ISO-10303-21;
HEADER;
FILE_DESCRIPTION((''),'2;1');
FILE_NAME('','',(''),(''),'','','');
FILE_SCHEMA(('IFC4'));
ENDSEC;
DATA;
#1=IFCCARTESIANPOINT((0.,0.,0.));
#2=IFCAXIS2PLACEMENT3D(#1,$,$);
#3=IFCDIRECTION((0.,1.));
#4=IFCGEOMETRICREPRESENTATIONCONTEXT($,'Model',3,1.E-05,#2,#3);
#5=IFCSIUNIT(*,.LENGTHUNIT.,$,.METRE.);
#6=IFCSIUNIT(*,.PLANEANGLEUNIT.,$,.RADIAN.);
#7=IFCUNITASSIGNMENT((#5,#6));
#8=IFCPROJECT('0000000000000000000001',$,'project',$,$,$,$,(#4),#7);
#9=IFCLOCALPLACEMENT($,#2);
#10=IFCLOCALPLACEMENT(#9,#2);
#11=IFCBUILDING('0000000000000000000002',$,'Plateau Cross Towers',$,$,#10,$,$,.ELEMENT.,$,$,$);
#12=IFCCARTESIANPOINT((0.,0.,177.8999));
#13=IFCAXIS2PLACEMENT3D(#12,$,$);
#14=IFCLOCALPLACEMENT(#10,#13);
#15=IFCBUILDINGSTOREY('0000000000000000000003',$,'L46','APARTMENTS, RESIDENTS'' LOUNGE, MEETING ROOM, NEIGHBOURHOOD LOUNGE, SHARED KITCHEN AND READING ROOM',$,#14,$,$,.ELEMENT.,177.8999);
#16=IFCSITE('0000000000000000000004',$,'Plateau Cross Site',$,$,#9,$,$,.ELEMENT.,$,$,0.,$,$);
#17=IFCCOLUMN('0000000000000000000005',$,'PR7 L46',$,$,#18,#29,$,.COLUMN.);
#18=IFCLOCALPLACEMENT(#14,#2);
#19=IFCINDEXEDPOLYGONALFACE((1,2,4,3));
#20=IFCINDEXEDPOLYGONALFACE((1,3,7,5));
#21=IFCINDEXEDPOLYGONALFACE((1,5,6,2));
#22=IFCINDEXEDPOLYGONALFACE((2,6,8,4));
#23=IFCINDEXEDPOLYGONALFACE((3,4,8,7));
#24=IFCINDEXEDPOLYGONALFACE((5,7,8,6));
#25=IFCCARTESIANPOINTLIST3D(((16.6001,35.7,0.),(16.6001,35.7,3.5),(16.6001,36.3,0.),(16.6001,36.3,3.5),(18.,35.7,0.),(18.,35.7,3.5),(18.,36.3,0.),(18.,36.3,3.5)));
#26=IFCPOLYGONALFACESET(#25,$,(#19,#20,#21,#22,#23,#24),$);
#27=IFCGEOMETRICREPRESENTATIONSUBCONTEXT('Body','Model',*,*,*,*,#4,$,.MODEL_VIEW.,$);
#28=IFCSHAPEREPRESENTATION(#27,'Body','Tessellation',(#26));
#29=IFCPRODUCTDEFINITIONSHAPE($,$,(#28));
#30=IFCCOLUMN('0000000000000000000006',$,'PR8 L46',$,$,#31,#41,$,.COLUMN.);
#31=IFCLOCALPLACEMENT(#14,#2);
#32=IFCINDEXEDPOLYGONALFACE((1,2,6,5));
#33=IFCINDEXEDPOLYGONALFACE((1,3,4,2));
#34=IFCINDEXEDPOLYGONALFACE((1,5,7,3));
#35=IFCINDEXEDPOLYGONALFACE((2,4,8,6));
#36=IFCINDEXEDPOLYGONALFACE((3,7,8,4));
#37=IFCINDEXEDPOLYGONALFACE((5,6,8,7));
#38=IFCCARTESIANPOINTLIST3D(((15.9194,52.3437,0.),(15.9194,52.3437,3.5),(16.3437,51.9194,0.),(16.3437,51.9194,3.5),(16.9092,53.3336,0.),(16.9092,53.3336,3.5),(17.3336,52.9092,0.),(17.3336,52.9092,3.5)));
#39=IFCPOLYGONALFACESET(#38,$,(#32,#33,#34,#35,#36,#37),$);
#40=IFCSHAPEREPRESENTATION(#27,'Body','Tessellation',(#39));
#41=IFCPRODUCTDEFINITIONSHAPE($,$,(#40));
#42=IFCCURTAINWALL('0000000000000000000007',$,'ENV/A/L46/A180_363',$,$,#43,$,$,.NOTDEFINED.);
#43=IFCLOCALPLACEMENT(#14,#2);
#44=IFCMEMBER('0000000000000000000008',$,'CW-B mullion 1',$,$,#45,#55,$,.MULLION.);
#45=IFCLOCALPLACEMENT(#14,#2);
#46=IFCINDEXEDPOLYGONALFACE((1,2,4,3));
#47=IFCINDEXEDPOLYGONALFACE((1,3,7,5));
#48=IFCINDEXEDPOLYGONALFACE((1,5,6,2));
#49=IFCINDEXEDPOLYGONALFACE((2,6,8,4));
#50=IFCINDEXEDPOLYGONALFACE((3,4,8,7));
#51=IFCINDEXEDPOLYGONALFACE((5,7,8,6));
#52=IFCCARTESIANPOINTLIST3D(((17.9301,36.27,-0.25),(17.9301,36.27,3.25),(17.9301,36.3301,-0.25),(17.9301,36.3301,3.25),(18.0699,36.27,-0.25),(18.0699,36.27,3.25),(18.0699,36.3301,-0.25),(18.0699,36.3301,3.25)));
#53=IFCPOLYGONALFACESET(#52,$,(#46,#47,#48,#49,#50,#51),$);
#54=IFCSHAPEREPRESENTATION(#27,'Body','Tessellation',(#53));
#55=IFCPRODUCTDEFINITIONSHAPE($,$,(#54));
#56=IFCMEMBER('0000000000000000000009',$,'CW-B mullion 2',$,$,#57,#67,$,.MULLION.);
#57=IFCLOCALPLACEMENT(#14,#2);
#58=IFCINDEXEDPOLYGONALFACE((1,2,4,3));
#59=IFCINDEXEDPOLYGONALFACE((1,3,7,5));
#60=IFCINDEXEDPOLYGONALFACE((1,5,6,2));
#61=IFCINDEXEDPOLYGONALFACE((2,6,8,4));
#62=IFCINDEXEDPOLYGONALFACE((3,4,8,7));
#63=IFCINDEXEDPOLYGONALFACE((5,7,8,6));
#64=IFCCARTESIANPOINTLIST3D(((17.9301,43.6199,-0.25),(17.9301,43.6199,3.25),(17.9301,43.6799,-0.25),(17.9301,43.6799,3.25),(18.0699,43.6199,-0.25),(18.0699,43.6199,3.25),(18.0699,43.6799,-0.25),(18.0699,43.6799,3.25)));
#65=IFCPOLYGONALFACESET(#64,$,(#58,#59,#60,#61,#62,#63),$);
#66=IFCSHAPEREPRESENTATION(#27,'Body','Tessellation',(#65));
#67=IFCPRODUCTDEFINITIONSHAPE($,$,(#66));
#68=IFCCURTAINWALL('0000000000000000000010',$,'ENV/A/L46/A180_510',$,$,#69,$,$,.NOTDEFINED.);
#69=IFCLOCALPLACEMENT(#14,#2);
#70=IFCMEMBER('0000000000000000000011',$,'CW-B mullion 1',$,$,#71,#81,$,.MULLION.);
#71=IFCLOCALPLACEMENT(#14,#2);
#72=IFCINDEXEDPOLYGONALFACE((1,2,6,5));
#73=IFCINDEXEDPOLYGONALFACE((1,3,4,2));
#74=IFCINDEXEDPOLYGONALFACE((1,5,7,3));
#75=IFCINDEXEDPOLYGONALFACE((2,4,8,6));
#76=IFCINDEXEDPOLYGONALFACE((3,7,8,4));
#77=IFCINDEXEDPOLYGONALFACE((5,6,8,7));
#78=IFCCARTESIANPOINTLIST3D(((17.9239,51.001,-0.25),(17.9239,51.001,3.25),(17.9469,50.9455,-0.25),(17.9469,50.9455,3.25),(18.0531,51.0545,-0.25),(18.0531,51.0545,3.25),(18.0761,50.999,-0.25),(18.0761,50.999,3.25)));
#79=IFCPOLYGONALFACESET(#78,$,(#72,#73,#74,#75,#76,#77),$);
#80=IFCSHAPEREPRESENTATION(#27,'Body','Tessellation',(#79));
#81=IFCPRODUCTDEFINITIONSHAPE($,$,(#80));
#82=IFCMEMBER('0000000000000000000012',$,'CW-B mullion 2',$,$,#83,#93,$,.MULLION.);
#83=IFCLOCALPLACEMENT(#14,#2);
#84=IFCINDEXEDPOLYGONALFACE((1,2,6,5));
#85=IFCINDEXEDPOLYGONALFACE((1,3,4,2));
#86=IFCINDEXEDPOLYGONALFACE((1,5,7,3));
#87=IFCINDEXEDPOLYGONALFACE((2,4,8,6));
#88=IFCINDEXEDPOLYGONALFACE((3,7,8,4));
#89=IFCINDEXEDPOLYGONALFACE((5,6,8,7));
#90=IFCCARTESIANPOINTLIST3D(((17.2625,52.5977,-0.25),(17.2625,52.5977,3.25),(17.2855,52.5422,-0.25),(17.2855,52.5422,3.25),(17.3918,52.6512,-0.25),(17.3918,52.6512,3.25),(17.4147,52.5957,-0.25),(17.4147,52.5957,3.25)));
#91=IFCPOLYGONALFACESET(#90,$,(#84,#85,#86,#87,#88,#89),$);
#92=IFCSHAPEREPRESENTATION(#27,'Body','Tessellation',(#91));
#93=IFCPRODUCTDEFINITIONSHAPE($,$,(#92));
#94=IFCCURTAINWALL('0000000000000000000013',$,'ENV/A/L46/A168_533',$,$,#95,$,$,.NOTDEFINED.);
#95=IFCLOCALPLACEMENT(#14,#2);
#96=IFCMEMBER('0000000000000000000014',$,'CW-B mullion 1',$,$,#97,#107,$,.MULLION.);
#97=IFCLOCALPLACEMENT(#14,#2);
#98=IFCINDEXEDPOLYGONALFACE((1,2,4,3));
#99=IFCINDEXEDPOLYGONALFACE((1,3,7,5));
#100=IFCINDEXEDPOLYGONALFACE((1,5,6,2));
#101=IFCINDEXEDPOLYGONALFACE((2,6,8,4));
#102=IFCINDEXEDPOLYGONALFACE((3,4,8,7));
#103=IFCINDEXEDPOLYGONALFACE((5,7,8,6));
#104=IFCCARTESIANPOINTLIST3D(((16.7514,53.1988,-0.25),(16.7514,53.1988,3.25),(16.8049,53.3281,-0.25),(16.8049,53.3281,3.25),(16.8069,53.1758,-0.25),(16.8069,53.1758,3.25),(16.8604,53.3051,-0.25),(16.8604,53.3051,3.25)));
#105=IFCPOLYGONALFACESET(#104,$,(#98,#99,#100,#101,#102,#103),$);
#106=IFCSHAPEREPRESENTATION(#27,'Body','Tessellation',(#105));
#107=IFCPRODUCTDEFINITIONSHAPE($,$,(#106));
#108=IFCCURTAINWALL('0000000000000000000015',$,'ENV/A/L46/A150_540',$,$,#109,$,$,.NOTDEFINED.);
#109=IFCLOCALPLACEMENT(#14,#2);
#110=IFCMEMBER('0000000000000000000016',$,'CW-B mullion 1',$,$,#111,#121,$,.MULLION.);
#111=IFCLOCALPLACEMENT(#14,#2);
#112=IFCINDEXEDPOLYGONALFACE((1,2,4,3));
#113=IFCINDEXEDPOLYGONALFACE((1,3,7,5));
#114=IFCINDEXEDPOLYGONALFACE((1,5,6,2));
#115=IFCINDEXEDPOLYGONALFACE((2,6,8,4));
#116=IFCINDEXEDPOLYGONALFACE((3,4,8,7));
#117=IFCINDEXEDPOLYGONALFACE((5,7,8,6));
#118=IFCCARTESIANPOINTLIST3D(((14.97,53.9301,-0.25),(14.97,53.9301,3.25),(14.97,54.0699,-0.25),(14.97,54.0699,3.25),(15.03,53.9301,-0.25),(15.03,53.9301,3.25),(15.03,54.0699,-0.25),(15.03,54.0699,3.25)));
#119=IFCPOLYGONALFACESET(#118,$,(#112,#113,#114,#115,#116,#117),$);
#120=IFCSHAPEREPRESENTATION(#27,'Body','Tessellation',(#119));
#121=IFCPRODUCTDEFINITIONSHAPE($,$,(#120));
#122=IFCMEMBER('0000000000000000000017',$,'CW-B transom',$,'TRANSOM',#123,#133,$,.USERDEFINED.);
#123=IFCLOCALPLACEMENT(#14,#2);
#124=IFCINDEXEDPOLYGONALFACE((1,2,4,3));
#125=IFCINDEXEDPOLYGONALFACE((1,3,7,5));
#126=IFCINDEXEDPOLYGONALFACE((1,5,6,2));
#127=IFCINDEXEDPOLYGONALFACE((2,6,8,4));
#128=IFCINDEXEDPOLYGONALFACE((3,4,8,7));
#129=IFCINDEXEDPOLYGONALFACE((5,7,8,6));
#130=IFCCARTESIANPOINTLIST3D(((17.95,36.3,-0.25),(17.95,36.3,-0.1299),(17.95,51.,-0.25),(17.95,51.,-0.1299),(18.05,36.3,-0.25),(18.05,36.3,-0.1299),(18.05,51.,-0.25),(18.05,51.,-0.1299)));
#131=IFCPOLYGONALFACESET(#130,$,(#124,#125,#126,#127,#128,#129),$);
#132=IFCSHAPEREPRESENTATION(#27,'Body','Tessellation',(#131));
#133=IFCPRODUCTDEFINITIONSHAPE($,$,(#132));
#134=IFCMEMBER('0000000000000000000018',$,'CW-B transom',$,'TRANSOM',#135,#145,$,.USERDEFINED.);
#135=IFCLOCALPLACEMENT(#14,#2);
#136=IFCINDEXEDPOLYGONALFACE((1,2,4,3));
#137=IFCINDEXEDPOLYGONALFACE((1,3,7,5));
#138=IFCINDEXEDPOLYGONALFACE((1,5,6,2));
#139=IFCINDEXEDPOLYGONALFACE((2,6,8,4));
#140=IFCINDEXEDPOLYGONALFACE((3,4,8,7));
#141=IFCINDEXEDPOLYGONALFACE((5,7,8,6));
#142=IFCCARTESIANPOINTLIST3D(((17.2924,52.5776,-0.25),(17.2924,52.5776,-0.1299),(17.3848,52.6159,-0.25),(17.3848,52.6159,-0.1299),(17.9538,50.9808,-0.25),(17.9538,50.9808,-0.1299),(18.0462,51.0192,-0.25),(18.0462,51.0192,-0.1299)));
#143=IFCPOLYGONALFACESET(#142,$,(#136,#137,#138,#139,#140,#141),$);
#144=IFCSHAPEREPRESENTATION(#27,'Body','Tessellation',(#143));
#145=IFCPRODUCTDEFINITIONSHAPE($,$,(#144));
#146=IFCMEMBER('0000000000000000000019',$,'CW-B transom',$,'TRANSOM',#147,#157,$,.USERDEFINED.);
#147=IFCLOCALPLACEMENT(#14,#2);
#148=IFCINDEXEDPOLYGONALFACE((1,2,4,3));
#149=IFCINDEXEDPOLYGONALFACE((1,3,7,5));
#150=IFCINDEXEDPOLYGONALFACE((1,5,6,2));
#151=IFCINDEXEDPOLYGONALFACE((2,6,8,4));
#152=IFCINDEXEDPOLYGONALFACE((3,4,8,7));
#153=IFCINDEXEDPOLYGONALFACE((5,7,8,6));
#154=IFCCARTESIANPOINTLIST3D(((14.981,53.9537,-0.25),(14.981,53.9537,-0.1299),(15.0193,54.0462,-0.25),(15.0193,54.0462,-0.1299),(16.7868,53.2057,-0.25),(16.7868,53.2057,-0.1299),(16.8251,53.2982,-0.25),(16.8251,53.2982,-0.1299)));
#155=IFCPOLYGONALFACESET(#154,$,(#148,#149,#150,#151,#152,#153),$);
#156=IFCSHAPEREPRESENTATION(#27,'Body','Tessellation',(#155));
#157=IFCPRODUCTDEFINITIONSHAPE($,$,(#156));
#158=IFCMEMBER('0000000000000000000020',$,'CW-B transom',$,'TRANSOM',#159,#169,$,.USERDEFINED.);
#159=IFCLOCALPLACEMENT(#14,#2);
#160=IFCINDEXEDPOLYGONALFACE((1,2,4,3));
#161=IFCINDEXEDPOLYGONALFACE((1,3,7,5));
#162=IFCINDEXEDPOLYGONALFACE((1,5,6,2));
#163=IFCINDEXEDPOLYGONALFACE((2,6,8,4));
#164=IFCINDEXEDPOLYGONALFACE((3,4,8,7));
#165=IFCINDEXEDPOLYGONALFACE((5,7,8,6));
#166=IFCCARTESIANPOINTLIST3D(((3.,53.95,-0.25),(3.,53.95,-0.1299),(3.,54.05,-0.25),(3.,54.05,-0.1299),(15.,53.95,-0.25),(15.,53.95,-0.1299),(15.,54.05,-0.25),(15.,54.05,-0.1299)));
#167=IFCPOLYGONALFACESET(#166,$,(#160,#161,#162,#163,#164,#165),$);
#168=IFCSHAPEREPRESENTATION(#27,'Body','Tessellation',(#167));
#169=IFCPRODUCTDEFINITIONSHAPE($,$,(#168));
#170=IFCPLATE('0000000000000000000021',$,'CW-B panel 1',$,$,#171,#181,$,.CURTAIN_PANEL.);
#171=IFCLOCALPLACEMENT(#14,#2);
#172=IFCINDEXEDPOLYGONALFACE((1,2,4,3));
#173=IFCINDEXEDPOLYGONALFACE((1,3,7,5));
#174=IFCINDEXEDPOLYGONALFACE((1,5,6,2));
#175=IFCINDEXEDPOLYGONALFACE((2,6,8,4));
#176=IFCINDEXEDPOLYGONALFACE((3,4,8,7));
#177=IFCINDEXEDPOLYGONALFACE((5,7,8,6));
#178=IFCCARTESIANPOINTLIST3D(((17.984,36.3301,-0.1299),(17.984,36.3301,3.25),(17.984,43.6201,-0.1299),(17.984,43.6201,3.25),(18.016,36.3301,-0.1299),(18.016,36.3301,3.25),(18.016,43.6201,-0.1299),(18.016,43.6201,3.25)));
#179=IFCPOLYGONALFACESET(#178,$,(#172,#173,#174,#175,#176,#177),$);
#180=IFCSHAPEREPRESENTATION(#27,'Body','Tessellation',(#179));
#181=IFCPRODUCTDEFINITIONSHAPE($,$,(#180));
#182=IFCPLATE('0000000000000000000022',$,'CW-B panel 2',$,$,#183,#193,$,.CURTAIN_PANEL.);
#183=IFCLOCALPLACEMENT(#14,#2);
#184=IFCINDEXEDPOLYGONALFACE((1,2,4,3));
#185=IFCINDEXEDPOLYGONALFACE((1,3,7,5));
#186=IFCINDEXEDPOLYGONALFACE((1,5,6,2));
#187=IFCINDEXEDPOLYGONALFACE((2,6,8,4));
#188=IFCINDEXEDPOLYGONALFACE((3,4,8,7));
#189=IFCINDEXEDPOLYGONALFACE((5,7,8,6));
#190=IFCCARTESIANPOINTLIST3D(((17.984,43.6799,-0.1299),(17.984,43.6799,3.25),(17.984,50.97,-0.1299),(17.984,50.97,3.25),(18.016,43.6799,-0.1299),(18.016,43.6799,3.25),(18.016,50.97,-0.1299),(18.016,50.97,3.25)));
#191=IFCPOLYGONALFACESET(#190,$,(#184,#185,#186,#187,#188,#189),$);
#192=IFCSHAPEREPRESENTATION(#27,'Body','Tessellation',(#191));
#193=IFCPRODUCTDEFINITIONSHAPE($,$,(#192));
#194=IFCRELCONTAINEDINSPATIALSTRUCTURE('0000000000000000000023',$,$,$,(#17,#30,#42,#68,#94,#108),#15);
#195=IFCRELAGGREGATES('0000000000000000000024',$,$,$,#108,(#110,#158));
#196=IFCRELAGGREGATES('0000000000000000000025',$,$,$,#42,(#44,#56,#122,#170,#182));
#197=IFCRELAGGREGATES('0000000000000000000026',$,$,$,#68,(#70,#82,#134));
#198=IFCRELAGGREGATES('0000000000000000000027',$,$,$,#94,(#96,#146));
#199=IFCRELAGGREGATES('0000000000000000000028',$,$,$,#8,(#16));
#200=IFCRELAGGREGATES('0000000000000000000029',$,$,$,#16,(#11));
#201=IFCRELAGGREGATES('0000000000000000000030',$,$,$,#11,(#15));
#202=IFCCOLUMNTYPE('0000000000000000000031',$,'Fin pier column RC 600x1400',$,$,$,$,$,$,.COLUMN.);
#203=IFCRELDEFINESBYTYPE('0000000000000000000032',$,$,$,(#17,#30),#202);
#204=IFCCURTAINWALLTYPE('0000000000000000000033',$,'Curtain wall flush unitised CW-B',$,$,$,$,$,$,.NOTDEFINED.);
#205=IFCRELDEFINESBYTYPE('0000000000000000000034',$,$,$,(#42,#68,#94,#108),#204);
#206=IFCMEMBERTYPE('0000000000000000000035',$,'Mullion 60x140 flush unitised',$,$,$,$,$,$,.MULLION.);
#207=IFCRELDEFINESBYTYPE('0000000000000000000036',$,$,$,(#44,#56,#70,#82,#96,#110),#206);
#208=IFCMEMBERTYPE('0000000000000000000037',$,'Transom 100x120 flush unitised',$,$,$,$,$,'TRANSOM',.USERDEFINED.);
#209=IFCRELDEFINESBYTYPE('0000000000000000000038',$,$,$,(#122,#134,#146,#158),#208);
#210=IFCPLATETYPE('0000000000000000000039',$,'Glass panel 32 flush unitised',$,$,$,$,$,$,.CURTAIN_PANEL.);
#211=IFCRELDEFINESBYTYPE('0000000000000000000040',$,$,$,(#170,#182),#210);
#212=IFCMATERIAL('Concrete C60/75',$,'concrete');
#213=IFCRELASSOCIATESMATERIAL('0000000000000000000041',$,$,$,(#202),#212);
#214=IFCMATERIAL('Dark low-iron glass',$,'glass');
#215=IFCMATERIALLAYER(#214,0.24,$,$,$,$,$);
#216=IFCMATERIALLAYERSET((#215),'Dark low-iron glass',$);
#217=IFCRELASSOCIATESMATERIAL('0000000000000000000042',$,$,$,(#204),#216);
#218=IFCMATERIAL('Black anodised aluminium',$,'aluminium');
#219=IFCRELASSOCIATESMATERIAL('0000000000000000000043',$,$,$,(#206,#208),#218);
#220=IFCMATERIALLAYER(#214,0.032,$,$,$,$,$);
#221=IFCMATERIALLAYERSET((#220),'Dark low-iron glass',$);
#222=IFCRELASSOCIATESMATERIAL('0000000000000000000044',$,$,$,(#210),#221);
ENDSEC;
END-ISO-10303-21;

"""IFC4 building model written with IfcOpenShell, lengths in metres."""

from ifc_helpers import new_model, si_unit, direction, frame, origin, origin_2d, place, context, subcontext, project, spatial, rectangle, extrude, material, layer, layer_set, material_profile, profile_set, type_object, element, aggregate, save


model = new_model("IFC4")

# Units and contexts
model_context = context("Model", 3, precision=1e-05, world=origin(), true_north=direction((0.0, 1.0)))
body_context = subcontext(model_context, "Body", "Model", "MODEL_VIEW")
ifc_project = project(units=[si_unit("LENGTHUNIT", "METRE"), si_unit("PLANEANGLEUNIT", "RADIAN")], contexts=[model_context])

# Site, building, storey
site_placement = place(None, origin())
site = spatial("IfcSite", under=ifc_project, at=site_placement, Name="Plateau Cross Site", CompositionType="ELEMENT", RefElevation=0.0)
building_placement = place(site_placement, origin())
building = spatial("IfcBuilding", under=site, at=building_placement, Name="Plateau Cross Towers", CompositionType="ELEMENT")
storey_placement = place(building_placement, frame((0.0, 0.0, 177.8999)))
storey = spatial("IfcBuildingStorey", under=building, at=storey_placement, Name="L46", Description="APARTMENTS, RESIDENTS' LOUNGE, MEETING ROOM, NEIGHBOURHOOD LOUNGE, SHARED KITCHEN AND READING ROOM", CompositionType="ELEMENT", Elevation=177.8999)

# Columns
ifc_material_1 = material(Name="Concrete C60/75", Category="concrete")
ifc_material_profile_1 = material_profile(ifc_material_1, rectangle(XDim=0.6001, YDim=1.3999, at=origin_2d()), Name="RC 600x1400")
ifc_profile_set_1 = profile_set([ifc_material_profile_1], Name="Concrete C60/75")
column_type = type_object("IfcColumnType", Name="Fin pier column RC 600x1400", PredefinedType="COLUMN", material=ifc_profile_set_1)
for number, where, z_axis, x_axis, name in (
    (1, (17.3, 36.0, 0.0), (0.0, 0.0, 1.0), (0.0, 1.0, 0.0), "PR7 L46"),
    (2, (16.6265, 52.6265, 0.0), (0.0, 0.0, 1.0), (-0.707107, 0.707107, 0.0), "PR8 L46"),
):
    element("IfcColumn", number, at=place(storey_placement, frame(where, z_axis=z_axis, x_axis=x_axis)), inside=storey, type_object=column_type, Name=name, PredefinedType="COLUMN", context=body_context, shape_type="SweptSolid", body=[
        extrude(rectangle(XDim=0.6001, YDim=1.3999, at=origin_2d()), origin(), (0.0, 0.0, 1.0), 3.5),
    ])

# Curtain walls, members
ifc_material_2 = material(Name="Dark low-iron glass", Category="glass")
ifc_layer_1 = layer(ifc_material_2, 0.24)
ifc_layer_set_1 = layer_set([ifc_layer_1], Name="Dark low-iron glass")
curtain_wall_type = type_object("IfcCurtainWallType", Name="Curtain wall flush unitised CW-B", PredefinedType="NOTDEFINED", material=ifc_layer_set_1)
curtain_wall_1_placement = place(storey_placement, origin())
curtain_wall_1 = element("IfcCurtainWall", 3, at=curtain_wall_1_placement, inside=storey, type_object=curtain_wall_type, Name="ENV/A/L46/A180_363", PredefinedType="NOTDEFINED")
ifc_material_3 = material(Name="Black anodised aluminium", Category="aluminium")
ifc_material_profile_2 = material_profile(ifc_material_3, rectangle(XDim=0.0601, YDim=0.1399, at=origin_2d()), Name="MULLION 60x140")
ifc_profile_set_2 = profile_set([ifc_material_profile_2], Name="Black anodised aluminium")
member_type_1 = type_object("IfcMemberType", Name="Mullion 60x140 flush unitised", PredefinedType="MULLION", material=ifc_profile_set_2)
member_1_placement = place(storey_placement, frame((18.0, 36.3, -0.25), z_axis=(0.0, 0.0, 1.0), x_axis=(0.0, 1.0, 0.0)))
member_1 = element("IfcMember", 4, at=member_1_placement, type_object=member_type_1, Name="CW-B mullion 1", PredefinedType="MULLION", context=body_context, shape_type="SweptSolid", body=[
    extrude(rectangle(XDim=0.0601, YDim=0.1399, at=origin_2d()), origin(), (0.0, 0.0, 1.0), 3.5),
])
member_2_placement = place(storey_placement, frame((18.0, 43.6499, -0.25), z_axis=(0.0, 0.0, 1.0), x_axis=(0.0, 1.0, 0.0)))
member_2 = element("IfcMember", 5, at=member_2_placement, type_object=member_type_1, Name="CW-B mullion 2", PredefinedType="MULLION", context=body_context, shape_type="SweptSolid", body=[
    extrude(rectangle(XDim=0.0601, YDim=0.1399, at=origin_2d()), origin(), (0.0, 0.0, 1.0), 3.5),
])
curtain_wall_2_placement = place(storey_placement, origin())
curtain_wall_2 = element("IfcCurtainWall", 6, at=curtain_wall_2_placement, inside=storey, type_object=curtain_wall_type, Name="ENV/A/L46/A180_510", PredefinedType="NOTDEFINED")
member_3_placement = place(storey_placement, frame((18.0, 51.0, -0.25), z_axis=(0.0, 0.0, 1.0), x_axis=(-0.382684, 0.923879, 0.0)))
member_3 = element("IfcMember", 7, at=member_3_placement, type_object=member_type_1, Name="CW-B mullion 1", PredefinedType="MULLION", context=body_context, shape_type="SweptSolid", body=[
    extrude(rectangle(XDim=0.0601, YDim=0.1399, at=origin_2d()), origin(), (0.0, 0.0, 1.0), 3.5),
])
member_4_placement = place(storey_placement, frame((17.3386, 52.5967, -0.25), z_axis=(0.0, 0.0, 1.0), x_axis=(-0.382684, 0.923879, 0.0)))
member_4 = element("IfcMember", 8, at=member_4_placement, type_object=member_type_1, Name="CW-B mullion 2", PredefinedType="MULLION", context=body_context, shape_type="SweptSolid", body=[
    extrude(rectangle(XDim=0.0601, YDim=0.1399, at=origin_2d()), origin(), (0.0, 0.0, 1.0), 3.5),
])

# Curtain walls, members
curtain_wall_3_placement = place(storey_placement, origin())
curtain_wall_3 = element("IfcCurtainWall", 9, at=curtain_wall_3_placement, inside=storey, type_object=curtain_wall_type, Name="ENV/A/L46/A168_533", PredefinedType="NOTDEFINED")
member_5_placement = place(storey_placement, frame((16.8059, 53.252, -0.25), z_axis=(0.0, 0.0, 1.0), x_axis=(-0.923879, 0.382684, 0.0)))
member_5 = element("IfcMember", 10, at=member_5_placement, type_object=member_type_1, Name="CW-B mullion 1", PredefinedType="MULLION", context=body_context, shape_type="SweptSolid", body=[
    extrude(rectangle(XDim=0.0601, YDim=0.1399, at=origin_2d()), origin(), (0.0, 0.0, 1.0), 3.5),
])
curtain_wall_4_placement = place(storey_placement, origin())
curtain_wall_4 = element("IfcCurtainWall", 11, at=curtain_wall_4_placement, inside=storey, type_object=curtain_wall_type, Name="ENV/A/L46/A150_540", PredefinedType="NOTDEFINED")
member_6_placement = place(storey_placement, frame((15.0, 54.0, -0.25), z_axis=(0.0, 0.0, 1.0), x_axis=(-1.0, 0.0, 0.0)))
member_6 = element("IfcMember", 12, at=member_6_placement, type_object=member_type_1, Name="CW-B mullion 1", PredefinedType="MULLION", context=body_context, shape_type="SweptSolid", body=[
    extrude(rectangle(XDim=0.0601, YDim=0.1399, at=origin_2d()), origin(), (0.0, 0.0, 1.0), 3.5),
])

# Members
ifc_material_profile_3 = material_profile(ifc_material_3, rectangle(XDim=0.1001, YDim=0.1201, at=origin_2d()), Name="TRANSOM 100x120")
ifc_profile_set_3 = profile_set([ifc_material_profile_3], Name="Black anodised aluminium")
member_type_2 = type_object("IfcMemberType", Name="Transom 100x120 flush unitised", ElementType="TRANSOM", PredefinedType="USERDEFINED", material=ifc_profile_set_3)
member_7_placement = place(storey_placement, frame((18.0, 36.3, -0.1899), z_axis=(0.0, 1.0, 0.0), x_axis=(-1.0, 0.0, 0.0)))
member_7 = element("IfcMember", 13, at=member_7_placement, type_object=member_type_2, Name="CW-B transom", ObjectType="TRANSOM", PredefinedType="USERDEFINED", context=body_context, shape_type="SweptSolid", body=[
    extrude(rectangle(XDim=0.1001, YDim=0.1201, at=origin_2d()), origin(), (0.0, 0.0, 1.0), 14.7),
])
member_8_placement = place(storey_placement, frame((18.0, 51.0, -0.1899), z_axis=(-0.382689, 0.923877, 0.0), x_axis=(-0.923877, -0.382689, 0.0)))
member_8 = element("IfcMember", 14, at=member_8_placement, type_object=member_type_2, Name="CW-B transom", ObjectType="TRANSOM", PredefinedType="USERDEFINED", context=body_context, shape_type="SweptSolid", body=[
    extrude(rectangle(XDim=0.1001, YDim=0.1201, at=origin_2d()), origin(), (0.0, 0.0, 1.0), 1.7283),
])
member_9_placement = place(storey_placement, frame((16.8059, 53.252, -0.1899), z_axis=(-0.923877, 0.38269, 0.0), x_axis=(-0.38269, -0.923877, 0.0)))
member_9 = element("IfcMember", 15, at=member_9_placement, type_object=member_type_2, Name="CW-B transom", ObjectType="TRANSOM", PredefinedType="USERDEFINED", context=body_context, shape_type="SweptSolid", body=[
    extrude(rectangle(XDim=0.1001, YDim=0.1201, at=origin_2d()), origin(), (0.0, 0.0, 1.0), 1.9546),
])
member_10_placement = place(storey_placement, frame((15.0, 54.0, -0.1899), z_axis=(-1.0, 0.0, 0.0), x_axis=(0.0, -1.0, 0.0)))
member_10 = element("IfcMember", 16, at=member_10_placement, type_object=member_type_2, Name="CW-B transom", ObjectType="TRANSOM", PredefinedType="USERDEFINED", context=body_context, shape_type="SweptSolid", body=[
    extrude(rectangle(XDim=0.1001, YDim=0.1201, at=origin_2d()), origin(), (0.0, 0.0, 1.0), 12.0),
])
aggregate(curtain_wall_4, [member_6, member_10])

# Plates
ifc_layer_2 = layer(ifc_material_2, 0.032)
ifc_layer_set_2 = layer_set([ifc_layer_2], Name="Dark low-iron glass")
plate_type = type_object("IfcPlateType", Name="Glass panel 32 flush unitised", PredefinedType="CURTAIN_PANEL", material=ifc_layer_set_2)
plate_1_placement = place(storey_placement, frame((18.0, 39.9751, -0.1299), z_axis=(0.0, 0.0, 1.0), x_axis=(0.0, 1.0, 0.0)))
plate_1 = element("IfcPlate", 17, at=plate_1_placement, type_object=plate_type, Name="CW-B panel 1", PredefinedType="CURTAIN_PANEL", context=body_context, shape_type="SweptSolid", body=[
    extrude(rectangle(XDim=7.29, YDim=0.032, at=origin_2d()), origin(), (0.0, 0.0, 1.0), 3.3799),
])
plate_2_placement = place(storey_placement, frame((18.0, 47.325, -0.1299), z_axis=(0.0, 0.0, 1.0), x_axis=(0.0, 1.0, 0.0)))
plate_2 = element("IfcPlate", 18, at=plate_2_placement, type_object=plate_type, Name="CW-B panel 2", PredefinedType="CURTAIN_PANEL", context=body_context, shape_type="SweptSolid", body=[
    extrude(rectangle(XDim=7.29, YDim=0.032, at=origin_2d()), origin(), (0.0, 0.0, 1.0), 3.3799),
])
aggregate(curtain_wall_1, [member_1, member_2, member_7, plate_1, plate_2])
aggregate(curtain_wall_2, [member_3, member_4, member_8])
aggregate(curtain_wall_3, [member_5, member_9])

save(model, "model.ifc")
